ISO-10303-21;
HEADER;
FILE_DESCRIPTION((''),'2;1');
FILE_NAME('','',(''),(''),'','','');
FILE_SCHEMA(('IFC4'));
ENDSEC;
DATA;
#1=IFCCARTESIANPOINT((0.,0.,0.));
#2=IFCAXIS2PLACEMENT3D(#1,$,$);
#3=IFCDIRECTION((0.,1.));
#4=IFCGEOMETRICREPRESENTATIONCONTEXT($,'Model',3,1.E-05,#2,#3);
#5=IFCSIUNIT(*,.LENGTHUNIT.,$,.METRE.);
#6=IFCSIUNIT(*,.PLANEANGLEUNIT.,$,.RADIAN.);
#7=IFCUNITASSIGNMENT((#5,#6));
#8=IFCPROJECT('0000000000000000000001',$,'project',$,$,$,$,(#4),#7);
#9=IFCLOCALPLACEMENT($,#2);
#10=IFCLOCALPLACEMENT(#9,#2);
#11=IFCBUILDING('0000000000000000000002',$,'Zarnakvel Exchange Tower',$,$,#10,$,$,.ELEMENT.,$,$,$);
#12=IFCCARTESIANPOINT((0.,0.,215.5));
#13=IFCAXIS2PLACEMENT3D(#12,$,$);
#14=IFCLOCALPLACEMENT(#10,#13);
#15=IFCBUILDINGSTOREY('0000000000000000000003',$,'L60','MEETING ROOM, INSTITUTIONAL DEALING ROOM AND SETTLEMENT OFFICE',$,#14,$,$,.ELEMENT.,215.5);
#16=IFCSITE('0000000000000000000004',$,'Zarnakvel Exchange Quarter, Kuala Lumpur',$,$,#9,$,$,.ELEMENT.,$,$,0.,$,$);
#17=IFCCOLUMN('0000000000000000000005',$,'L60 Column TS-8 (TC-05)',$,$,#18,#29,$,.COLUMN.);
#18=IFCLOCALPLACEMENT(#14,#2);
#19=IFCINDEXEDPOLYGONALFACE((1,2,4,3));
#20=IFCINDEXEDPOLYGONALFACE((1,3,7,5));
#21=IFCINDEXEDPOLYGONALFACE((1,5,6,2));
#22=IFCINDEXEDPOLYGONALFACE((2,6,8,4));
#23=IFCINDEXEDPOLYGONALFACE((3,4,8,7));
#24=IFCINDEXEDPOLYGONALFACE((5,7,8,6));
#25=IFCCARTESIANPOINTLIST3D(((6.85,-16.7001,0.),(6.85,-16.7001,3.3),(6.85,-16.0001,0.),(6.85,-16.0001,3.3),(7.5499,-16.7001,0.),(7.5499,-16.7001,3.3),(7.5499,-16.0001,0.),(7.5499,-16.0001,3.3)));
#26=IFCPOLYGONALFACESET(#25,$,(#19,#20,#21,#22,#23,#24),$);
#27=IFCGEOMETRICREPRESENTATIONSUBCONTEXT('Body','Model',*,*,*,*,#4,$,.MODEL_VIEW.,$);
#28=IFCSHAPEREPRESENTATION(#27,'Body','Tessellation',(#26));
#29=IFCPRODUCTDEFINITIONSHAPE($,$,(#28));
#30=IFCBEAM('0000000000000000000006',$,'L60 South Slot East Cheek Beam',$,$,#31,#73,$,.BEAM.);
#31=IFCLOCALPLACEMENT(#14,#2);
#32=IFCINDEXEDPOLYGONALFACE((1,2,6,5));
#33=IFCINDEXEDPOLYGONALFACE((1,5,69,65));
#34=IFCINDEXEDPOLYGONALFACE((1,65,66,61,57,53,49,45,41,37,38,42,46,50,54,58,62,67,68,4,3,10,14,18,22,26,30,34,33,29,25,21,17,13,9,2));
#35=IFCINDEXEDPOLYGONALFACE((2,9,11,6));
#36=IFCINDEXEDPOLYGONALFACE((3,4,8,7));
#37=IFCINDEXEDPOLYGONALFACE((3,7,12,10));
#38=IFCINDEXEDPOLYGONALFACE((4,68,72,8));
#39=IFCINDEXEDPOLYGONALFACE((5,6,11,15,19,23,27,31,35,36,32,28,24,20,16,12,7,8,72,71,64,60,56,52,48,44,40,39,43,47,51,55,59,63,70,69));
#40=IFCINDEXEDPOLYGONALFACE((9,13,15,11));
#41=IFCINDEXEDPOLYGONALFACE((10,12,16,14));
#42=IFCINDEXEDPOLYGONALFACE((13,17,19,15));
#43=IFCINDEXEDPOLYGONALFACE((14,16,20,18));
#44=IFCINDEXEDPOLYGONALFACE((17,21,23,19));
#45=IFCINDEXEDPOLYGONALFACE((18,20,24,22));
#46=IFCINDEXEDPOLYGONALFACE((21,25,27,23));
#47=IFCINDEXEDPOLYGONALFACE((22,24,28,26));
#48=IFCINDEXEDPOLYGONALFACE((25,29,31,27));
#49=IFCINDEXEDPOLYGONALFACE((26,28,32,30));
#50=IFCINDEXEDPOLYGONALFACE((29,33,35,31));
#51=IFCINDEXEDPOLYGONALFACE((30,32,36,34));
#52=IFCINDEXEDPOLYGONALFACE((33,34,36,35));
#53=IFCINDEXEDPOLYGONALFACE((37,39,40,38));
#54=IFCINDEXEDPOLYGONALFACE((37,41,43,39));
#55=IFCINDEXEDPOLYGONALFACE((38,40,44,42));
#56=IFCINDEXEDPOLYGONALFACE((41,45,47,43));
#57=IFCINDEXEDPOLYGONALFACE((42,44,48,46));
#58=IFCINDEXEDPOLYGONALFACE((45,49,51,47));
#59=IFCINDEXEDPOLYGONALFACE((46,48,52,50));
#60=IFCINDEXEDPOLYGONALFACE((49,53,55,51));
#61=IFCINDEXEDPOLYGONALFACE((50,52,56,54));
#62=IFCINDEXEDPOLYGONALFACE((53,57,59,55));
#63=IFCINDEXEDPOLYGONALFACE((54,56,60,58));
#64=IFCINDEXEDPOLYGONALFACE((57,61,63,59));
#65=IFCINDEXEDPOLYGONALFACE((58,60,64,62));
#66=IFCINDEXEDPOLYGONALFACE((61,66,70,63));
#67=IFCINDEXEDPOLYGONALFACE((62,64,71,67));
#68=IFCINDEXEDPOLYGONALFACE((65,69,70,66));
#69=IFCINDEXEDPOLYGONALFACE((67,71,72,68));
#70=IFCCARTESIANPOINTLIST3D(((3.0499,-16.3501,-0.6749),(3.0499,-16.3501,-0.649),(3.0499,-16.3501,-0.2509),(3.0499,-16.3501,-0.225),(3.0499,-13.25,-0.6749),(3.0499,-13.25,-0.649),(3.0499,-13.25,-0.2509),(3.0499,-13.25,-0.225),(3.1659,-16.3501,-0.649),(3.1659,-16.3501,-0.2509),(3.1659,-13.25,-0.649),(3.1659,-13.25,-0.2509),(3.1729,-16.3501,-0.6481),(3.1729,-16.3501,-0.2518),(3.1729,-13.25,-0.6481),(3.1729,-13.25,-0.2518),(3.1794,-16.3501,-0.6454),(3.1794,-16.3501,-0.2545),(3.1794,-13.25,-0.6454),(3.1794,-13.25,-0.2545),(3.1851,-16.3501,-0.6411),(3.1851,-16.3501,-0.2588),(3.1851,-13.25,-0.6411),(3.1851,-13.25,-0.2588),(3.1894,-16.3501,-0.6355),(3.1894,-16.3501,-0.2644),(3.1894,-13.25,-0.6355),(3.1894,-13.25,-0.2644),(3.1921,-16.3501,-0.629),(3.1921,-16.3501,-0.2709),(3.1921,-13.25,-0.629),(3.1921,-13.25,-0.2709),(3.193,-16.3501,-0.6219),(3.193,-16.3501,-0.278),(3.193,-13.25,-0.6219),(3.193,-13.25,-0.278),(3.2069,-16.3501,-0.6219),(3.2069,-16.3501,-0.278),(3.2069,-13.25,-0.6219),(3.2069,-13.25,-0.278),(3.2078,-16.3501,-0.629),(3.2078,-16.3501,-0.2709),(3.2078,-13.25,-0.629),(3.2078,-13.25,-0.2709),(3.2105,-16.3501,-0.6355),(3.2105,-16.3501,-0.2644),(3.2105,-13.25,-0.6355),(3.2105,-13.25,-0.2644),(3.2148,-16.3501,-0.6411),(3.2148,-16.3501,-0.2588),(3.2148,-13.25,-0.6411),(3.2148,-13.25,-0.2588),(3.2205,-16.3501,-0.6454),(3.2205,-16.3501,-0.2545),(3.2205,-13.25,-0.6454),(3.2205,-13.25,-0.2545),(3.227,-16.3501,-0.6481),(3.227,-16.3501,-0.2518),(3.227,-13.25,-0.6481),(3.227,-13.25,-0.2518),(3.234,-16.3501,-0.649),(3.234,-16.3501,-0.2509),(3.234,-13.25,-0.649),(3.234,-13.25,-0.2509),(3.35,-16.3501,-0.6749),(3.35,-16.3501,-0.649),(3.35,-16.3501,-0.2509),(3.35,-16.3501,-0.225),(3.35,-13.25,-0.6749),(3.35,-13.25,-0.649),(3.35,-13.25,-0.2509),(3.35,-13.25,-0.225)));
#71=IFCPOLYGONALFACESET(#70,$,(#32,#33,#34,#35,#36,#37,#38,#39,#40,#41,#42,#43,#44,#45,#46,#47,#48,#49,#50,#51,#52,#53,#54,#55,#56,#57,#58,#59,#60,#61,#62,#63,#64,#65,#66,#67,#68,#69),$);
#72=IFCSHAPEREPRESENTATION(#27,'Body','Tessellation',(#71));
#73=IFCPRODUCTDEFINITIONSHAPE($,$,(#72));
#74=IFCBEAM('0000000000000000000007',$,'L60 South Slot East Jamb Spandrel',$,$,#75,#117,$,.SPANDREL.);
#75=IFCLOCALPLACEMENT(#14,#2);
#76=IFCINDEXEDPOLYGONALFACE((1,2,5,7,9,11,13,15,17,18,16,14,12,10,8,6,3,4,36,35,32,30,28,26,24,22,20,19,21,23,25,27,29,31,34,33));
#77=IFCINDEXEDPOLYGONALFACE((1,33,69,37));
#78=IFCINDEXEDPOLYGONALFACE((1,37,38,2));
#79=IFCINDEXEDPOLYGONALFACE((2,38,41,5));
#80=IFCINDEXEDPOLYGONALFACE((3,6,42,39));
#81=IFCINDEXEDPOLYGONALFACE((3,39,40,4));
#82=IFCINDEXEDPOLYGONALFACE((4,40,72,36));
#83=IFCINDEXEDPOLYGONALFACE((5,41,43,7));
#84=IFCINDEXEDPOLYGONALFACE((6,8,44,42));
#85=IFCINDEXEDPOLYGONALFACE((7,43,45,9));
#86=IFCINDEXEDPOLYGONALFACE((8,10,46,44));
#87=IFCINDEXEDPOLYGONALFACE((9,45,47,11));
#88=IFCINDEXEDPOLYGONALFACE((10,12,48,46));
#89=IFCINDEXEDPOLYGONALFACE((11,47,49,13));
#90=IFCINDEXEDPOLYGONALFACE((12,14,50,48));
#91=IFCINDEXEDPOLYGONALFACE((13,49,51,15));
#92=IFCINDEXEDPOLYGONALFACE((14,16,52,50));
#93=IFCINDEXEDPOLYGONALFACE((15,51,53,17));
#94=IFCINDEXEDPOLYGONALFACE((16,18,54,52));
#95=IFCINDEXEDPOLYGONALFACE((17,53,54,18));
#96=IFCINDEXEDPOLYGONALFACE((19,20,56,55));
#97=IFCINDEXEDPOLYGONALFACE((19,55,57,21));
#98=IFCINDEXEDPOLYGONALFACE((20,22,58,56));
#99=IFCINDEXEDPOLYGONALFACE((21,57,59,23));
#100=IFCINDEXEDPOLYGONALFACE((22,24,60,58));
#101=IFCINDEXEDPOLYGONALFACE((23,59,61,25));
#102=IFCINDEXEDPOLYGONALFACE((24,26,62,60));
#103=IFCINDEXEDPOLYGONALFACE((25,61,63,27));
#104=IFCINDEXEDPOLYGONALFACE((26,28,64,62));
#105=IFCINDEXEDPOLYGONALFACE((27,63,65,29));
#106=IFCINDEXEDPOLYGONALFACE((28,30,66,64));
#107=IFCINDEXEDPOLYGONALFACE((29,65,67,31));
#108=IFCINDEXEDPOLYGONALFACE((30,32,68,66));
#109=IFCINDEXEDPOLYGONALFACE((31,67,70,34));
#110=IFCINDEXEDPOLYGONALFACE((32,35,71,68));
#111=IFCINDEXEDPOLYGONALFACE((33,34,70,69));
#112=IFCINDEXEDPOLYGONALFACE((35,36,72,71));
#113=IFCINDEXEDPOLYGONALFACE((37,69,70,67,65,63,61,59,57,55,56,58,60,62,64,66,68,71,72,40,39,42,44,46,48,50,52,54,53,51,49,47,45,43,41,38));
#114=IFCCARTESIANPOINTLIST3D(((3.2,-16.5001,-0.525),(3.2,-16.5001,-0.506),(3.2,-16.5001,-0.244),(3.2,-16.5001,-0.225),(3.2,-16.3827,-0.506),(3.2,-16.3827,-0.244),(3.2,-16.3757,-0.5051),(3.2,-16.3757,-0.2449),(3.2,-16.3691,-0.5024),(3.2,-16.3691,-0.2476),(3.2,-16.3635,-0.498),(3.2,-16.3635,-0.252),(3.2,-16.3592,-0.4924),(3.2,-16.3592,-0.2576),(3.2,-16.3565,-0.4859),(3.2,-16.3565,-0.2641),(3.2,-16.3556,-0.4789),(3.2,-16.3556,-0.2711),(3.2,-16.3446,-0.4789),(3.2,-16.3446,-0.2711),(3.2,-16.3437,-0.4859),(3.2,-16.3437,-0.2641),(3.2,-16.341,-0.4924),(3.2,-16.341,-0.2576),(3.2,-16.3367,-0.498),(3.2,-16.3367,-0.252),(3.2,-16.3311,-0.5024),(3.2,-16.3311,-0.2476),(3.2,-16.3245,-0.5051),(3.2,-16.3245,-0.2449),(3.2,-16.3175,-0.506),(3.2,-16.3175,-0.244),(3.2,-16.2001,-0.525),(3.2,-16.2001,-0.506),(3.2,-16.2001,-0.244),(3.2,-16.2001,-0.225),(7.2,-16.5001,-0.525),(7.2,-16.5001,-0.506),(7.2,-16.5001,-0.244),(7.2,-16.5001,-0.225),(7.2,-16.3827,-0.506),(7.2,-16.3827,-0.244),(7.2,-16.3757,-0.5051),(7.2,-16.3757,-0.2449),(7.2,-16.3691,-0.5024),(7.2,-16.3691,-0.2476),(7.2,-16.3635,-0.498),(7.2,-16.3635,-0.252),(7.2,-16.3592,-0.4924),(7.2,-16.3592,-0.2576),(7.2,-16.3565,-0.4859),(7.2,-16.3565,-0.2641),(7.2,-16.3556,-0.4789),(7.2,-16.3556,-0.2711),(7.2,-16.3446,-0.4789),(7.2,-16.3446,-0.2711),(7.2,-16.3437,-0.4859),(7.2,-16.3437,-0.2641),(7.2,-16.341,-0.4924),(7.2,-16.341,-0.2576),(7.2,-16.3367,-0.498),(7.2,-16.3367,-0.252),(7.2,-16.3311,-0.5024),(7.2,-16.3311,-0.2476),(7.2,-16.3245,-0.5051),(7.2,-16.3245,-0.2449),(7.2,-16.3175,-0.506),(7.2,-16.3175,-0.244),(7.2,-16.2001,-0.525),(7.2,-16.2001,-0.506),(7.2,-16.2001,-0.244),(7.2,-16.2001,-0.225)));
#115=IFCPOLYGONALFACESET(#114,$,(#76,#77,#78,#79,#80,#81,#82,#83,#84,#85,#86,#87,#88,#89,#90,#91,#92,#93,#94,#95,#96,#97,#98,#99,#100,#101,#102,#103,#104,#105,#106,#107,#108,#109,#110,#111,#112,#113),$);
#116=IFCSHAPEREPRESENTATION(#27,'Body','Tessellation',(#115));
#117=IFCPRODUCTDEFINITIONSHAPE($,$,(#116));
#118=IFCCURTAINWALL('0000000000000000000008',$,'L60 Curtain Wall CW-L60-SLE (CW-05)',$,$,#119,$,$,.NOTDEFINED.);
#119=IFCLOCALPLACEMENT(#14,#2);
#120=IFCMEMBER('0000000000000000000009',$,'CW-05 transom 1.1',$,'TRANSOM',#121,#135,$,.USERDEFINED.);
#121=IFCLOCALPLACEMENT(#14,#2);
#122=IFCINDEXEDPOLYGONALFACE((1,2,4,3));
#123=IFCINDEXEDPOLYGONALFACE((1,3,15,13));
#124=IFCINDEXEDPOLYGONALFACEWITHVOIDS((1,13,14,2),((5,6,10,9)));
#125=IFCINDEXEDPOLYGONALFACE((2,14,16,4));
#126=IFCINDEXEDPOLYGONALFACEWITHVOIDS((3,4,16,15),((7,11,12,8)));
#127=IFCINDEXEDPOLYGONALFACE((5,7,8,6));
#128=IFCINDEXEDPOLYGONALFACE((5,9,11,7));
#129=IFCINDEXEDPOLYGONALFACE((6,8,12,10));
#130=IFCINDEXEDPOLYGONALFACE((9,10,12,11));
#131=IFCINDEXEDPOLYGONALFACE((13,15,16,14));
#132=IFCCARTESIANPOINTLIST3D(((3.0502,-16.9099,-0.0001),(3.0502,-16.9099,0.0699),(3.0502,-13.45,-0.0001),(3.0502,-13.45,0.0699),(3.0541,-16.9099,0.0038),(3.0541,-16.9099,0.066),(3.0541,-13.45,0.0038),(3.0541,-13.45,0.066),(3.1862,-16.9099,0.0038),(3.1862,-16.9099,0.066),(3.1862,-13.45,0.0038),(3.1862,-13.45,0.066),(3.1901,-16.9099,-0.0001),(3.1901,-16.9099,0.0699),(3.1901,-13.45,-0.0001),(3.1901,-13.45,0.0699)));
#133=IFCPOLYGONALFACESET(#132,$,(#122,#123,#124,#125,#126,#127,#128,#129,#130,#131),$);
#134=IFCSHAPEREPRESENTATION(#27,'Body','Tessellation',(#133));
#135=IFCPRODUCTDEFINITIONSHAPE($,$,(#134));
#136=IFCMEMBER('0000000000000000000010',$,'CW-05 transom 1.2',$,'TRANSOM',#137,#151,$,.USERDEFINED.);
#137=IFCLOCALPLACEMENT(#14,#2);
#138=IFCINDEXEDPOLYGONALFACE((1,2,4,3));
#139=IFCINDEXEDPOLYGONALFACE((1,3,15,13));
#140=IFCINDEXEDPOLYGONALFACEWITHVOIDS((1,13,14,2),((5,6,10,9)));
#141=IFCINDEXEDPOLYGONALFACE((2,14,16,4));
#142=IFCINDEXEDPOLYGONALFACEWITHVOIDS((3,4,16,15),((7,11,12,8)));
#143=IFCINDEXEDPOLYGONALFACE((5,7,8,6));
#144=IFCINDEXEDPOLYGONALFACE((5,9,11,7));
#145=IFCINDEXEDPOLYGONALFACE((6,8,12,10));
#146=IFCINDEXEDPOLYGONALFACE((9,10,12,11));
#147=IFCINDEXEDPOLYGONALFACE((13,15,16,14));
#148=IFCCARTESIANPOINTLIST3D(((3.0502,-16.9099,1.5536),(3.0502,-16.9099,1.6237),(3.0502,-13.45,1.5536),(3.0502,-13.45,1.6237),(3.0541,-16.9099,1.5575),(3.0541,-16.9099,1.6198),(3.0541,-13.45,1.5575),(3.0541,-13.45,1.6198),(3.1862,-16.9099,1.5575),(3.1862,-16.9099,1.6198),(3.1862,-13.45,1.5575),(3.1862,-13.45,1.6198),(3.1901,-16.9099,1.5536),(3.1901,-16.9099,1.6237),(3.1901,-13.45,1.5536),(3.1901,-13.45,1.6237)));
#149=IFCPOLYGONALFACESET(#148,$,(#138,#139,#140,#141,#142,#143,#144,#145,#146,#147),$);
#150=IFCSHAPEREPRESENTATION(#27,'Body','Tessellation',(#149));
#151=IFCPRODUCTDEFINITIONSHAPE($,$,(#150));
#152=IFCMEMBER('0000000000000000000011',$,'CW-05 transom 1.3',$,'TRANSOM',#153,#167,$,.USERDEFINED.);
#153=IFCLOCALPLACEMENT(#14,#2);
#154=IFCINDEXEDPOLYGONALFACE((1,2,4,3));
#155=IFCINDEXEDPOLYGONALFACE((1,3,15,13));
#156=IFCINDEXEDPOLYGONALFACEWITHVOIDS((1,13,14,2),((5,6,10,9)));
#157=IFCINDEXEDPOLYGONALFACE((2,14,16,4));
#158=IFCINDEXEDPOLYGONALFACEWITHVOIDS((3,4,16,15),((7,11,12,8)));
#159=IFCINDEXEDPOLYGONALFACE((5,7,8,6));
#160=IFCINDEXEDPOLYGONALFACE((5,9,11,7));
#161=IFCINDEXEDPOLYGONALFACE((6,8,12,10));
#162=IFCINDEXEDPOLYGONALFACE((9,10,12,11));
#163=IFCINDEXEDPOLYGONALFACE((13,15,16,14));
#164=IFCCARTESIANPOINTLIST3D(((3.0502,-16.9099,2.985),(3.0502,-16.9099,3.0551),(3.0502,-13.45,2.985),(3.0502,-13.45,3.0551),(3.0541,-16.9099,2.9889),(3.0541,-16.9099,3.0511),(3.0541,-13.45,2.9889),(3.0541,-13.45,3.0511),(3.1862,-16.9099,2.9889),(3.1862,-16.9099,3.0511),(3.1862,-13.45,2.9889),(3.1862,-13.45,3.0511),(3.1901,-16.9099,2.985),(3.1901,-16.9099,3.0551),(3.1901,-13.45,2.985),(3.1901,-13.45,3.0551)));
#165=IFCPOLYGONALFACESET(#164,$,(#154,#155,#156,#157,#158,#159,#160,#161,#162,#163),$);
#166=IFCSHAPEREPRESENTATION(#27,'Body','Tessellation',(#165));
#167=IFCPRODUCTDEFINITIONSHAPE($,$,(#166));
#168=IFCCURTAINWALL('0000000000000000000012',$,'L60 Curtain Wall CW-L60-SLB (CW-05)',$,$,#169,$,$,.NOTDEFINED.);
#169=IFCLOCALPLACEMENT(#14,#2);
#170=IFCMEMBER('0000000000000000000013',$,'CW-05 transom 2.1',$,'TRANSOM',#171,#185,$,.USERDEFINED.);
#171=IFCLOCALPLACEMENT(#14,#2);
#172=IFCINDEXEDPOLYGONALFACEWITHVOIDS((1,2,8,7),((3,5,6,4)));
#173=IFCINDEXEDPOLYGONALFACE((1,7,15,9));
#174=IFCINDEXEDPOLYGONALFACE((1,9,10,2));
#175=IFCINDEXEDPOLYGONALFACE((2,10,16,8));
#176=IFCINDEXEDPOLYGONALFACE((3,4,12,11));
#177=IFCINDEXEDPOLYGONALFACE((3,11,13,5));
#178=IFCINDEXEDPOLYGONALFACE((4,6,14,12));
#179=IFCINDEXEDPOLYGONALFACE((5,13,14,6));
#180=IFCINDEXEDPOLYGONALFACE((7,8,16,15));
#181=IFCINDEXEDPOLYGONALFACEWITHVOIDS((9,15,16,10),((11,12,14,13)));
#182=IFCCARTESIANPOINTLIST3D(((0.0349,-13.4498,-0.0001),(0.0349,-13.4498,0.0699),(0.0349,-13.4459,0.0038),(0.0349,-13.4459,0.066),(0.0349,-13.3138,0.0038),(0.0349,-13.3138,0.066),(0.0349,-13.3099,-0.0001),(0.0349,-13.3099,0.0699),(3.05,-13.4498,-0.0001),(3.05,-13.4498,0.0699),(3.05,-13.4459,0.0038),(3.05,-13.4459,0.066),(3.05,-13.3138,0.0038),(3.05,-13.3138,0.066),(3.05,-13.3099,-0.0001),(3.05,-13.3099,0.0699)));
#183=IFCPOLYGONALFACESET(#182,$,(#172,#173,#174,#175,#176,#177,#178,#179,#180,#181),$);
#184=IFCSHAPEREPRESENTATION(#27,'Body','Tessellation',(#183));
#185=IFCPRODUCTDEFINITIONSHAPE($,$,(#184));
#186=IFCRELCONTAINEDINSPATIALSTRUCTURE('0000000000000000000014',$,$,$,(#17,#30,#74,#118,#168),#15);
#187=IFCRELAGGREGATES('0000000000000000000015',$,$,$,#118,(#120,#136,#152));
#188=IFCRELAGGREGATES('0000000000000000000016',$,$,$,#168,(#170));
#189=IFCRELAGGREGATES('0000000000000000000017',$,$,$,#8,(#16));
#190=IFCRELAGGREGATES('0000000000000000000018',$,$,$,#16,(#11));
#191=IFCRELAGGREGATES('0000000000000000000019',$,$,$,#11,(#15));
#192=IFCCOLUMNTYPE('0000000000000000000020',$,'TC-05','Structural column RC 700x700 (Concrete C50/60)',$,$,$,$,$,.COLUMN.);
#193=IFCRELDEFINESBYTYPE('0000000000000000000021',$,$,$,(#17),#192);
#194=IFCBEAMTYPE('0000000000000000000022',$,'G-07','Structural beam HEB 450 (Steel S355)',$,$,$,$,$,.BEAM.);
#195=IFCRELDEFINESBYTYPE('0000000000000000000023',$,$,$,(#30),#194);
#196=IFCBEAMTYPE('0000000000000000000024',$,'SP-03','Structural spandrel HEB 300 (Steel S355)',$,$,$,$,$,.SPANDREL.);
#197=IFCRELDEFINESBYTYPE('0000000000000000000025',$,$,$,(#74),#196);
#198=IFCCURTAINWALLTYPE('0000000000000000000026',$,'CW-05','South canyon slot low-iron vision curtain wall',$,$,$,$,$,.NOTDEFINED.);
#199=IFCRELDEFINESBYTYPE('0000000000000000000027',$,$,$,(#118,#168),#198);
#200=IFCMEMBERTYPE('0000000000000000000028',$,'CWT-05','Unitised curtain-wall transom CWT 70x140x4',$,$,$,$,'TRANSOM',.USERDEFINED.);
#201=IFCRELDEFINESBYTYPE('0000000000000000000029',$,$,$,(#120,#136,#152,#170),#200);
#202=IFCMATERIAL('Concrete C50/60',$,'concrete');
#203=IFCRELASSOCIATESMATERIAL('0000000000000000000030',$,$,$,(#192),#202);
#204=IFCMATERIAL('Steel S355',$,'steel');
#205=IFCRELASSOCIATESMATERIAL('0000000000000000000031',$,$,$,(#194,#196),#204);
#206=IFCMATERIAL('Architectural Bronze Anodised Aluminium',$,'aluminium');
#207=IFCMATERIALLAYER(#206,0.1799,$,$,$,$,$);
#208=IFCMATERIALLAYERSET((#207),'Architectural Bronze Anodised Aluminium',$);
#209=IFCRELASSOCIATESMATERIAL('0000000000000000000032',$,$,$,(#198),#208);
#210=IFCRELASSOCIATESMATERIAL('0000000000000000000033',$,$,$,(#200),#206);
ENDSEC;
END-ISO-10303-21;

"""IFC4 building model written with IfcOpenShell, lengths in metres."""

from ifc_helpers import new_model, si_unit, direction, frame, origin, origin_2d, place, context, subcontext, project, spatial, rectangle, hollow_rectangle, i_section, extrude, source, transform, mapped, material, layer, layer_set, material_profile, profile_set, type_object, element, aggregate, save


model = new_model("IFC4")

# Units and contexts
model_context = context("Model", 3, precision=1e-05, world=origin(), true_north=direction((0.0, 1.0)))
body_context = subcontext(model_context, "Body", "Model", "MODEL_VIEW")
ifc_project = project(units=[si_unit("LENGTHUNIT", "METRE"), si_unit("PLANEANGLEUNIT", "RADIAN")], contexts=[model_context])

# Site, building, storey
site_placement = place(None, origin())
site = spatial("IfcSite", under=ifc_project, at=site_placement, Name="Zarnakvel Exchange Quarter, Kuala Lumpur", CompositionType="ELEMENT", RefElevation=0.0)
building_placement = place(site_placement, origin())
building = spatial("IfcBuilding", under=site, at=building_placement, Name="Zarnakvel Exchange Tower", CompositionType="ELEMENT")
storey_placement = place(building_placement, frame((0.0, 0.0, 215.5)))
storey = spatial("IfcBuildingStorey", under=building, at=storey_placement, Name="L60", Description="MEETING ROOM, INSTITUTIONAL DEALING ROOM AND SETTLEMENT OFFICE", CompositionType="ELEMENT", Elevation=215.5)

# Column
ifc_material_1 = material(Name="Concrete C50/60", Category="concrete")
ifc_material_profile_1 = material_profile(ifc_material_1, rectangle(XDim=0.7, YDim=0.7, at=origin_2d()))
ifc_profile_set_1 = profile_set([ifc_material_profile_1], Name="Concrete C50/60")
column_type = type_object("IfcColumnType", Name="TC-05", Description="Structural column RC 700x700 (Concrete C50/60)", PredefinedType="COLUMN", material=ifc_profile_set_1)
column_placement = place(storey_placement, frame((7.2, -16.3501, 0.0), z_axis=(0.0, 0.0, 1.0), x_axis=(1.0, 0.0, 0.0)))
element("IfcColumn", 1, at=column_placement, inside=storey, type_object=column_type, Name="L60 Column TS-8 (TC-05)", PredefinedType="COLUMN", context=body_context, shape_type="SweptSolid", body=[
    extrude(rectangle(XDim=0.7, YDim=0.7, at=origin_2d()), origin(), (0.0, 0.0, 1.0), 3.3),
])

# Beams
ifc_material_2 = material(Name="Steel S355", Category="steel")
ifc_material_profile_2 = material_profile(ifc_material_2, i_section(OverallWidth=0.3, OverallDepth=0.45, WebThickness=0.0139, FlangeThickness=0.0259, FilletRadius=0.0271, at=origin_2d()))
ifc_profile_set_2 = profile_set([ifc_material_profile_2], Name="Steel S355")
beam_type_1 = type_object("IfcBeamType", Name="G-07", Description="Structural beam HEB 450 (Steel S355)", PredefinedType="BEAM", material=ifc_profile_set_2)
beam_1_placement = place(storey_placement, frame((3.2, -16.3501, -0.45), z_axis=(0.0, 1.0, 0.0), x_axis=(-1.0, 0.0, 0.0)))
element("IfcBeam", 2, at=beam_1_placement, inside=storey, type_object=beam_type_1, Name="L60 South Slot East Cheek Beam", PredefinedType="BEAM", context=body_context, shape_type="SweptSolid", body=[
    extrude(i_section(OverallWidth=0.3, OverallDepth=0.45, WebThickness=0.0139, FlangeThickness=0.0259, FilletRadius=0.0271, at=origin_2d()), origin(), (0.0, 0.0, 1.0), 3.1001),
])
ifc_material_profile_3 = material_profile(ifc_material_2, i_section(OverallWidth=0.3, OverallDepth=0.3, WebThickness=0.011, FlangeThickness=0.019, FilletRadius=0.0271, at=origin_2d()))
ifc_profile_set_3 = profile_set([ifc_material_profile_3], Name="Steel S355")
beam_type_2 = type_object("IfcBeamType", Name="SP-03", Description="Structural spandrel HEB 300 (Steel S355)", PredefinedType="SPANDREL", material=ifc_profile_set_3)
beam_2_placement = place(storey_placement, frame((3.2, -16.3501, -0.375), z_axis=(1.0, 0.0, 0.0), x_axis=(0.0, 1.0, 0.0)))
element("IfcBeam", 3, at=beam_2_placement, inside=storey, type_object=beam_type_2, Name="L60 South Slot East Jamb Spandrel", PredefinedType="SPANDREL", context=body_context, shape_type="SweptSolid", body=[
    extrude(i_section(OverallWidth=0.3, OverallDepth=0.3, WebThickness=0.011, FlangeThickness=0.019, FilletRadius=0.0271, at=origin_2d()), origin(), (0.0, 0.0, 1.0), 4.0),
])

# Curtain walls, members
ifc_material_3 = material(Name="Architectural Bronze Anodised Aluminium", Category="aluminium")
ifc_layer_1 = layer(ifc_material_3, 0.1799)
ifc_layer_set_1 = layer_set([ifc_layer_1], Name="Architectural Bronze Anodised Aluminium")
curtain_wall_type = type_object("IfcCurtainWallType", Name="CW-05", Description="South canyon slot low-iron vision curtain wall", PredefinedType="NOTDEFINED", material=ifc_layer_set_1)
curtain_wall_1_placement = place(storey_placement, origin())
curtain_wall_1 = element("IfcCurtainWall", 4, at=curtain_wall_1_placement, inside=storey, type_object=curtain_wall_type, Name="L60 Curtain Wall CW-L60-SLE (CW-05)", PredefinedType="NOTDEFINED")
ifc_material_profile_4 = material_profile(ifc_material_3, hollow_rectangle(XDim=0.1399, YDim=0.0701, WallThickness=0.0039, at=origin_2d()))
ifc_profile_set_4 = profile_set([ifc_material_profile_4], Name="Architectural Bronze Anodised Aluminium")
member_type_1 = type_object("IfcMemberType", Name="CWT-05", Description="Unitised curtain-wall transom CWT 70x140x4", ElementType="TRANSOM", PredefinedType="USERDEFINED", material=ifc_profile_set_4)
shared_shape_1 = source(origin(), body_context, "Body", "SweptSolid", [
    extrude(hollow_rectangle(XDim=0.1399, YDim=0.0701, WallThickness=0.0039, at=origin_2d()), origin(), (0.0, 0.0, 1.0), 3.46),
])
member_1_placement = place(storey_placement, frame((3.1201, -13.45, 0.0349), z_axis=(0.0, -1.0, 0.0), x_axis=(1.0, 0.0, 0.0)))
member_1 = element("IfcMember", 5, at=member_1_placement, type_object=member_type_1, Name="CW-05 transom 1.1", ObjectType="TRANSOM", PredefinedType="USERDEFINED", context=body_context, shape_type="MappedRepresentation", body=[
    mapped(shared_shape_1, transform((0.0, 0.0, 0.0), x_axis=(1.0, 0.0, 0.0), y_axis=(0.0, 1.0, 0.0), z_axis=(0.0, 0.0, 1.0), scale=1.0)),
])
member_2_placement = place(storey_placement, frame((3.1201, -13.45, 1.5886), z_axis=(0.0, -1.0, 0.0), x_axis=(1.0, 0.0, 0.0)))
member_2 = element("IfcMember", 6, at=member_2_placement, type_object=member_type_1, Name="CW-05 transom 1.2", ObjectType="TRANSOM", PredefinedType="USERDEFINED", context=body_context, shape_type="MappedRepresentation", body=[
    mapped(shared_shape_1, transform((0.0, 0.0, 0.0), x_axis=(1.0, 0.0, 0.0), y_axis=(0.0, 1.0, 0.0), z_axis=(0.0, 0.0, 1.0), scale=1.0)),
])
member_3_placement = place(storey_placement, frame((3.1201, -13.45, 3.02), z_axis=(0.0, -1.0, 0.0), x_axis=(1.0, 0.0, 0.0)))
member_3 = element("IfcMember", 7, at=member_3_placement, type_object=member_type_1, Name="CW-05 transom 1.3", ObjectType="TRANSOM", PredefinedType="USERDEFINED", context=body_context, shape_type="MappedRepresentation", body=[
    mapped(shared_shape_1, transform((0.0, 0.0, 0.0), x_axis=(1.0, 0.0, 0.0), y_axis=(0.0, 1.0, 0.0), z_axis=(0.0, 0.0, 1.0), scale=1.0)),
])
curtain_wall_2_placement = place(storey_placement, origin())
curtain_wall_2 = element("IfcCurtainWall", 8, at=curtain_wall_2_placement, inside=storey, type_object=curtain_wall_type, Name="L60 Curtain Wall CW-L60-SLB (CW-05)", PredefinedType="NOTDEFINED")
shared_shape_2 = source(origin(), body_context, "Body", "SweptSolid", [
    extrude(hollow_rectangle(XDim=0.1399, YDim=0.0701, WallThickness=0.0039, at=origin_2d()), origin(), (0.0, 0.0, 1.0), 3.0151),
])
member_4_placement = place(storey_placement, frame((0.0349, -13.3799, 0.0349), z_axis=(1.0, 0.0, 0.0), x_axis=(0.0, 1.0, 0.0)))
member_4 = element("IfcMember", 9, at=member_4_placement, type_object=member_type_1, Name="CW-05 transom 2.1", ObjectType="TRANSOM", PredefinedType="USERDEFINED", context=body_context, shape_type="MappedRepresentation", body=[
    mapped(shared_shape_2, transform((0.0, 0.0, 0.0), x_axis=(1.0, 0.0, 0.0), y_axis=(0.0, 1.0, 0.0), z_axis=(0.0, 0.0, 1.0), scale=1.0)),
])

aggregate(curtain_wall_1, [member_1, member_2, member_3])
aggregate(curtain_wall_2, [member_4])

save(model, "model.ifc")
